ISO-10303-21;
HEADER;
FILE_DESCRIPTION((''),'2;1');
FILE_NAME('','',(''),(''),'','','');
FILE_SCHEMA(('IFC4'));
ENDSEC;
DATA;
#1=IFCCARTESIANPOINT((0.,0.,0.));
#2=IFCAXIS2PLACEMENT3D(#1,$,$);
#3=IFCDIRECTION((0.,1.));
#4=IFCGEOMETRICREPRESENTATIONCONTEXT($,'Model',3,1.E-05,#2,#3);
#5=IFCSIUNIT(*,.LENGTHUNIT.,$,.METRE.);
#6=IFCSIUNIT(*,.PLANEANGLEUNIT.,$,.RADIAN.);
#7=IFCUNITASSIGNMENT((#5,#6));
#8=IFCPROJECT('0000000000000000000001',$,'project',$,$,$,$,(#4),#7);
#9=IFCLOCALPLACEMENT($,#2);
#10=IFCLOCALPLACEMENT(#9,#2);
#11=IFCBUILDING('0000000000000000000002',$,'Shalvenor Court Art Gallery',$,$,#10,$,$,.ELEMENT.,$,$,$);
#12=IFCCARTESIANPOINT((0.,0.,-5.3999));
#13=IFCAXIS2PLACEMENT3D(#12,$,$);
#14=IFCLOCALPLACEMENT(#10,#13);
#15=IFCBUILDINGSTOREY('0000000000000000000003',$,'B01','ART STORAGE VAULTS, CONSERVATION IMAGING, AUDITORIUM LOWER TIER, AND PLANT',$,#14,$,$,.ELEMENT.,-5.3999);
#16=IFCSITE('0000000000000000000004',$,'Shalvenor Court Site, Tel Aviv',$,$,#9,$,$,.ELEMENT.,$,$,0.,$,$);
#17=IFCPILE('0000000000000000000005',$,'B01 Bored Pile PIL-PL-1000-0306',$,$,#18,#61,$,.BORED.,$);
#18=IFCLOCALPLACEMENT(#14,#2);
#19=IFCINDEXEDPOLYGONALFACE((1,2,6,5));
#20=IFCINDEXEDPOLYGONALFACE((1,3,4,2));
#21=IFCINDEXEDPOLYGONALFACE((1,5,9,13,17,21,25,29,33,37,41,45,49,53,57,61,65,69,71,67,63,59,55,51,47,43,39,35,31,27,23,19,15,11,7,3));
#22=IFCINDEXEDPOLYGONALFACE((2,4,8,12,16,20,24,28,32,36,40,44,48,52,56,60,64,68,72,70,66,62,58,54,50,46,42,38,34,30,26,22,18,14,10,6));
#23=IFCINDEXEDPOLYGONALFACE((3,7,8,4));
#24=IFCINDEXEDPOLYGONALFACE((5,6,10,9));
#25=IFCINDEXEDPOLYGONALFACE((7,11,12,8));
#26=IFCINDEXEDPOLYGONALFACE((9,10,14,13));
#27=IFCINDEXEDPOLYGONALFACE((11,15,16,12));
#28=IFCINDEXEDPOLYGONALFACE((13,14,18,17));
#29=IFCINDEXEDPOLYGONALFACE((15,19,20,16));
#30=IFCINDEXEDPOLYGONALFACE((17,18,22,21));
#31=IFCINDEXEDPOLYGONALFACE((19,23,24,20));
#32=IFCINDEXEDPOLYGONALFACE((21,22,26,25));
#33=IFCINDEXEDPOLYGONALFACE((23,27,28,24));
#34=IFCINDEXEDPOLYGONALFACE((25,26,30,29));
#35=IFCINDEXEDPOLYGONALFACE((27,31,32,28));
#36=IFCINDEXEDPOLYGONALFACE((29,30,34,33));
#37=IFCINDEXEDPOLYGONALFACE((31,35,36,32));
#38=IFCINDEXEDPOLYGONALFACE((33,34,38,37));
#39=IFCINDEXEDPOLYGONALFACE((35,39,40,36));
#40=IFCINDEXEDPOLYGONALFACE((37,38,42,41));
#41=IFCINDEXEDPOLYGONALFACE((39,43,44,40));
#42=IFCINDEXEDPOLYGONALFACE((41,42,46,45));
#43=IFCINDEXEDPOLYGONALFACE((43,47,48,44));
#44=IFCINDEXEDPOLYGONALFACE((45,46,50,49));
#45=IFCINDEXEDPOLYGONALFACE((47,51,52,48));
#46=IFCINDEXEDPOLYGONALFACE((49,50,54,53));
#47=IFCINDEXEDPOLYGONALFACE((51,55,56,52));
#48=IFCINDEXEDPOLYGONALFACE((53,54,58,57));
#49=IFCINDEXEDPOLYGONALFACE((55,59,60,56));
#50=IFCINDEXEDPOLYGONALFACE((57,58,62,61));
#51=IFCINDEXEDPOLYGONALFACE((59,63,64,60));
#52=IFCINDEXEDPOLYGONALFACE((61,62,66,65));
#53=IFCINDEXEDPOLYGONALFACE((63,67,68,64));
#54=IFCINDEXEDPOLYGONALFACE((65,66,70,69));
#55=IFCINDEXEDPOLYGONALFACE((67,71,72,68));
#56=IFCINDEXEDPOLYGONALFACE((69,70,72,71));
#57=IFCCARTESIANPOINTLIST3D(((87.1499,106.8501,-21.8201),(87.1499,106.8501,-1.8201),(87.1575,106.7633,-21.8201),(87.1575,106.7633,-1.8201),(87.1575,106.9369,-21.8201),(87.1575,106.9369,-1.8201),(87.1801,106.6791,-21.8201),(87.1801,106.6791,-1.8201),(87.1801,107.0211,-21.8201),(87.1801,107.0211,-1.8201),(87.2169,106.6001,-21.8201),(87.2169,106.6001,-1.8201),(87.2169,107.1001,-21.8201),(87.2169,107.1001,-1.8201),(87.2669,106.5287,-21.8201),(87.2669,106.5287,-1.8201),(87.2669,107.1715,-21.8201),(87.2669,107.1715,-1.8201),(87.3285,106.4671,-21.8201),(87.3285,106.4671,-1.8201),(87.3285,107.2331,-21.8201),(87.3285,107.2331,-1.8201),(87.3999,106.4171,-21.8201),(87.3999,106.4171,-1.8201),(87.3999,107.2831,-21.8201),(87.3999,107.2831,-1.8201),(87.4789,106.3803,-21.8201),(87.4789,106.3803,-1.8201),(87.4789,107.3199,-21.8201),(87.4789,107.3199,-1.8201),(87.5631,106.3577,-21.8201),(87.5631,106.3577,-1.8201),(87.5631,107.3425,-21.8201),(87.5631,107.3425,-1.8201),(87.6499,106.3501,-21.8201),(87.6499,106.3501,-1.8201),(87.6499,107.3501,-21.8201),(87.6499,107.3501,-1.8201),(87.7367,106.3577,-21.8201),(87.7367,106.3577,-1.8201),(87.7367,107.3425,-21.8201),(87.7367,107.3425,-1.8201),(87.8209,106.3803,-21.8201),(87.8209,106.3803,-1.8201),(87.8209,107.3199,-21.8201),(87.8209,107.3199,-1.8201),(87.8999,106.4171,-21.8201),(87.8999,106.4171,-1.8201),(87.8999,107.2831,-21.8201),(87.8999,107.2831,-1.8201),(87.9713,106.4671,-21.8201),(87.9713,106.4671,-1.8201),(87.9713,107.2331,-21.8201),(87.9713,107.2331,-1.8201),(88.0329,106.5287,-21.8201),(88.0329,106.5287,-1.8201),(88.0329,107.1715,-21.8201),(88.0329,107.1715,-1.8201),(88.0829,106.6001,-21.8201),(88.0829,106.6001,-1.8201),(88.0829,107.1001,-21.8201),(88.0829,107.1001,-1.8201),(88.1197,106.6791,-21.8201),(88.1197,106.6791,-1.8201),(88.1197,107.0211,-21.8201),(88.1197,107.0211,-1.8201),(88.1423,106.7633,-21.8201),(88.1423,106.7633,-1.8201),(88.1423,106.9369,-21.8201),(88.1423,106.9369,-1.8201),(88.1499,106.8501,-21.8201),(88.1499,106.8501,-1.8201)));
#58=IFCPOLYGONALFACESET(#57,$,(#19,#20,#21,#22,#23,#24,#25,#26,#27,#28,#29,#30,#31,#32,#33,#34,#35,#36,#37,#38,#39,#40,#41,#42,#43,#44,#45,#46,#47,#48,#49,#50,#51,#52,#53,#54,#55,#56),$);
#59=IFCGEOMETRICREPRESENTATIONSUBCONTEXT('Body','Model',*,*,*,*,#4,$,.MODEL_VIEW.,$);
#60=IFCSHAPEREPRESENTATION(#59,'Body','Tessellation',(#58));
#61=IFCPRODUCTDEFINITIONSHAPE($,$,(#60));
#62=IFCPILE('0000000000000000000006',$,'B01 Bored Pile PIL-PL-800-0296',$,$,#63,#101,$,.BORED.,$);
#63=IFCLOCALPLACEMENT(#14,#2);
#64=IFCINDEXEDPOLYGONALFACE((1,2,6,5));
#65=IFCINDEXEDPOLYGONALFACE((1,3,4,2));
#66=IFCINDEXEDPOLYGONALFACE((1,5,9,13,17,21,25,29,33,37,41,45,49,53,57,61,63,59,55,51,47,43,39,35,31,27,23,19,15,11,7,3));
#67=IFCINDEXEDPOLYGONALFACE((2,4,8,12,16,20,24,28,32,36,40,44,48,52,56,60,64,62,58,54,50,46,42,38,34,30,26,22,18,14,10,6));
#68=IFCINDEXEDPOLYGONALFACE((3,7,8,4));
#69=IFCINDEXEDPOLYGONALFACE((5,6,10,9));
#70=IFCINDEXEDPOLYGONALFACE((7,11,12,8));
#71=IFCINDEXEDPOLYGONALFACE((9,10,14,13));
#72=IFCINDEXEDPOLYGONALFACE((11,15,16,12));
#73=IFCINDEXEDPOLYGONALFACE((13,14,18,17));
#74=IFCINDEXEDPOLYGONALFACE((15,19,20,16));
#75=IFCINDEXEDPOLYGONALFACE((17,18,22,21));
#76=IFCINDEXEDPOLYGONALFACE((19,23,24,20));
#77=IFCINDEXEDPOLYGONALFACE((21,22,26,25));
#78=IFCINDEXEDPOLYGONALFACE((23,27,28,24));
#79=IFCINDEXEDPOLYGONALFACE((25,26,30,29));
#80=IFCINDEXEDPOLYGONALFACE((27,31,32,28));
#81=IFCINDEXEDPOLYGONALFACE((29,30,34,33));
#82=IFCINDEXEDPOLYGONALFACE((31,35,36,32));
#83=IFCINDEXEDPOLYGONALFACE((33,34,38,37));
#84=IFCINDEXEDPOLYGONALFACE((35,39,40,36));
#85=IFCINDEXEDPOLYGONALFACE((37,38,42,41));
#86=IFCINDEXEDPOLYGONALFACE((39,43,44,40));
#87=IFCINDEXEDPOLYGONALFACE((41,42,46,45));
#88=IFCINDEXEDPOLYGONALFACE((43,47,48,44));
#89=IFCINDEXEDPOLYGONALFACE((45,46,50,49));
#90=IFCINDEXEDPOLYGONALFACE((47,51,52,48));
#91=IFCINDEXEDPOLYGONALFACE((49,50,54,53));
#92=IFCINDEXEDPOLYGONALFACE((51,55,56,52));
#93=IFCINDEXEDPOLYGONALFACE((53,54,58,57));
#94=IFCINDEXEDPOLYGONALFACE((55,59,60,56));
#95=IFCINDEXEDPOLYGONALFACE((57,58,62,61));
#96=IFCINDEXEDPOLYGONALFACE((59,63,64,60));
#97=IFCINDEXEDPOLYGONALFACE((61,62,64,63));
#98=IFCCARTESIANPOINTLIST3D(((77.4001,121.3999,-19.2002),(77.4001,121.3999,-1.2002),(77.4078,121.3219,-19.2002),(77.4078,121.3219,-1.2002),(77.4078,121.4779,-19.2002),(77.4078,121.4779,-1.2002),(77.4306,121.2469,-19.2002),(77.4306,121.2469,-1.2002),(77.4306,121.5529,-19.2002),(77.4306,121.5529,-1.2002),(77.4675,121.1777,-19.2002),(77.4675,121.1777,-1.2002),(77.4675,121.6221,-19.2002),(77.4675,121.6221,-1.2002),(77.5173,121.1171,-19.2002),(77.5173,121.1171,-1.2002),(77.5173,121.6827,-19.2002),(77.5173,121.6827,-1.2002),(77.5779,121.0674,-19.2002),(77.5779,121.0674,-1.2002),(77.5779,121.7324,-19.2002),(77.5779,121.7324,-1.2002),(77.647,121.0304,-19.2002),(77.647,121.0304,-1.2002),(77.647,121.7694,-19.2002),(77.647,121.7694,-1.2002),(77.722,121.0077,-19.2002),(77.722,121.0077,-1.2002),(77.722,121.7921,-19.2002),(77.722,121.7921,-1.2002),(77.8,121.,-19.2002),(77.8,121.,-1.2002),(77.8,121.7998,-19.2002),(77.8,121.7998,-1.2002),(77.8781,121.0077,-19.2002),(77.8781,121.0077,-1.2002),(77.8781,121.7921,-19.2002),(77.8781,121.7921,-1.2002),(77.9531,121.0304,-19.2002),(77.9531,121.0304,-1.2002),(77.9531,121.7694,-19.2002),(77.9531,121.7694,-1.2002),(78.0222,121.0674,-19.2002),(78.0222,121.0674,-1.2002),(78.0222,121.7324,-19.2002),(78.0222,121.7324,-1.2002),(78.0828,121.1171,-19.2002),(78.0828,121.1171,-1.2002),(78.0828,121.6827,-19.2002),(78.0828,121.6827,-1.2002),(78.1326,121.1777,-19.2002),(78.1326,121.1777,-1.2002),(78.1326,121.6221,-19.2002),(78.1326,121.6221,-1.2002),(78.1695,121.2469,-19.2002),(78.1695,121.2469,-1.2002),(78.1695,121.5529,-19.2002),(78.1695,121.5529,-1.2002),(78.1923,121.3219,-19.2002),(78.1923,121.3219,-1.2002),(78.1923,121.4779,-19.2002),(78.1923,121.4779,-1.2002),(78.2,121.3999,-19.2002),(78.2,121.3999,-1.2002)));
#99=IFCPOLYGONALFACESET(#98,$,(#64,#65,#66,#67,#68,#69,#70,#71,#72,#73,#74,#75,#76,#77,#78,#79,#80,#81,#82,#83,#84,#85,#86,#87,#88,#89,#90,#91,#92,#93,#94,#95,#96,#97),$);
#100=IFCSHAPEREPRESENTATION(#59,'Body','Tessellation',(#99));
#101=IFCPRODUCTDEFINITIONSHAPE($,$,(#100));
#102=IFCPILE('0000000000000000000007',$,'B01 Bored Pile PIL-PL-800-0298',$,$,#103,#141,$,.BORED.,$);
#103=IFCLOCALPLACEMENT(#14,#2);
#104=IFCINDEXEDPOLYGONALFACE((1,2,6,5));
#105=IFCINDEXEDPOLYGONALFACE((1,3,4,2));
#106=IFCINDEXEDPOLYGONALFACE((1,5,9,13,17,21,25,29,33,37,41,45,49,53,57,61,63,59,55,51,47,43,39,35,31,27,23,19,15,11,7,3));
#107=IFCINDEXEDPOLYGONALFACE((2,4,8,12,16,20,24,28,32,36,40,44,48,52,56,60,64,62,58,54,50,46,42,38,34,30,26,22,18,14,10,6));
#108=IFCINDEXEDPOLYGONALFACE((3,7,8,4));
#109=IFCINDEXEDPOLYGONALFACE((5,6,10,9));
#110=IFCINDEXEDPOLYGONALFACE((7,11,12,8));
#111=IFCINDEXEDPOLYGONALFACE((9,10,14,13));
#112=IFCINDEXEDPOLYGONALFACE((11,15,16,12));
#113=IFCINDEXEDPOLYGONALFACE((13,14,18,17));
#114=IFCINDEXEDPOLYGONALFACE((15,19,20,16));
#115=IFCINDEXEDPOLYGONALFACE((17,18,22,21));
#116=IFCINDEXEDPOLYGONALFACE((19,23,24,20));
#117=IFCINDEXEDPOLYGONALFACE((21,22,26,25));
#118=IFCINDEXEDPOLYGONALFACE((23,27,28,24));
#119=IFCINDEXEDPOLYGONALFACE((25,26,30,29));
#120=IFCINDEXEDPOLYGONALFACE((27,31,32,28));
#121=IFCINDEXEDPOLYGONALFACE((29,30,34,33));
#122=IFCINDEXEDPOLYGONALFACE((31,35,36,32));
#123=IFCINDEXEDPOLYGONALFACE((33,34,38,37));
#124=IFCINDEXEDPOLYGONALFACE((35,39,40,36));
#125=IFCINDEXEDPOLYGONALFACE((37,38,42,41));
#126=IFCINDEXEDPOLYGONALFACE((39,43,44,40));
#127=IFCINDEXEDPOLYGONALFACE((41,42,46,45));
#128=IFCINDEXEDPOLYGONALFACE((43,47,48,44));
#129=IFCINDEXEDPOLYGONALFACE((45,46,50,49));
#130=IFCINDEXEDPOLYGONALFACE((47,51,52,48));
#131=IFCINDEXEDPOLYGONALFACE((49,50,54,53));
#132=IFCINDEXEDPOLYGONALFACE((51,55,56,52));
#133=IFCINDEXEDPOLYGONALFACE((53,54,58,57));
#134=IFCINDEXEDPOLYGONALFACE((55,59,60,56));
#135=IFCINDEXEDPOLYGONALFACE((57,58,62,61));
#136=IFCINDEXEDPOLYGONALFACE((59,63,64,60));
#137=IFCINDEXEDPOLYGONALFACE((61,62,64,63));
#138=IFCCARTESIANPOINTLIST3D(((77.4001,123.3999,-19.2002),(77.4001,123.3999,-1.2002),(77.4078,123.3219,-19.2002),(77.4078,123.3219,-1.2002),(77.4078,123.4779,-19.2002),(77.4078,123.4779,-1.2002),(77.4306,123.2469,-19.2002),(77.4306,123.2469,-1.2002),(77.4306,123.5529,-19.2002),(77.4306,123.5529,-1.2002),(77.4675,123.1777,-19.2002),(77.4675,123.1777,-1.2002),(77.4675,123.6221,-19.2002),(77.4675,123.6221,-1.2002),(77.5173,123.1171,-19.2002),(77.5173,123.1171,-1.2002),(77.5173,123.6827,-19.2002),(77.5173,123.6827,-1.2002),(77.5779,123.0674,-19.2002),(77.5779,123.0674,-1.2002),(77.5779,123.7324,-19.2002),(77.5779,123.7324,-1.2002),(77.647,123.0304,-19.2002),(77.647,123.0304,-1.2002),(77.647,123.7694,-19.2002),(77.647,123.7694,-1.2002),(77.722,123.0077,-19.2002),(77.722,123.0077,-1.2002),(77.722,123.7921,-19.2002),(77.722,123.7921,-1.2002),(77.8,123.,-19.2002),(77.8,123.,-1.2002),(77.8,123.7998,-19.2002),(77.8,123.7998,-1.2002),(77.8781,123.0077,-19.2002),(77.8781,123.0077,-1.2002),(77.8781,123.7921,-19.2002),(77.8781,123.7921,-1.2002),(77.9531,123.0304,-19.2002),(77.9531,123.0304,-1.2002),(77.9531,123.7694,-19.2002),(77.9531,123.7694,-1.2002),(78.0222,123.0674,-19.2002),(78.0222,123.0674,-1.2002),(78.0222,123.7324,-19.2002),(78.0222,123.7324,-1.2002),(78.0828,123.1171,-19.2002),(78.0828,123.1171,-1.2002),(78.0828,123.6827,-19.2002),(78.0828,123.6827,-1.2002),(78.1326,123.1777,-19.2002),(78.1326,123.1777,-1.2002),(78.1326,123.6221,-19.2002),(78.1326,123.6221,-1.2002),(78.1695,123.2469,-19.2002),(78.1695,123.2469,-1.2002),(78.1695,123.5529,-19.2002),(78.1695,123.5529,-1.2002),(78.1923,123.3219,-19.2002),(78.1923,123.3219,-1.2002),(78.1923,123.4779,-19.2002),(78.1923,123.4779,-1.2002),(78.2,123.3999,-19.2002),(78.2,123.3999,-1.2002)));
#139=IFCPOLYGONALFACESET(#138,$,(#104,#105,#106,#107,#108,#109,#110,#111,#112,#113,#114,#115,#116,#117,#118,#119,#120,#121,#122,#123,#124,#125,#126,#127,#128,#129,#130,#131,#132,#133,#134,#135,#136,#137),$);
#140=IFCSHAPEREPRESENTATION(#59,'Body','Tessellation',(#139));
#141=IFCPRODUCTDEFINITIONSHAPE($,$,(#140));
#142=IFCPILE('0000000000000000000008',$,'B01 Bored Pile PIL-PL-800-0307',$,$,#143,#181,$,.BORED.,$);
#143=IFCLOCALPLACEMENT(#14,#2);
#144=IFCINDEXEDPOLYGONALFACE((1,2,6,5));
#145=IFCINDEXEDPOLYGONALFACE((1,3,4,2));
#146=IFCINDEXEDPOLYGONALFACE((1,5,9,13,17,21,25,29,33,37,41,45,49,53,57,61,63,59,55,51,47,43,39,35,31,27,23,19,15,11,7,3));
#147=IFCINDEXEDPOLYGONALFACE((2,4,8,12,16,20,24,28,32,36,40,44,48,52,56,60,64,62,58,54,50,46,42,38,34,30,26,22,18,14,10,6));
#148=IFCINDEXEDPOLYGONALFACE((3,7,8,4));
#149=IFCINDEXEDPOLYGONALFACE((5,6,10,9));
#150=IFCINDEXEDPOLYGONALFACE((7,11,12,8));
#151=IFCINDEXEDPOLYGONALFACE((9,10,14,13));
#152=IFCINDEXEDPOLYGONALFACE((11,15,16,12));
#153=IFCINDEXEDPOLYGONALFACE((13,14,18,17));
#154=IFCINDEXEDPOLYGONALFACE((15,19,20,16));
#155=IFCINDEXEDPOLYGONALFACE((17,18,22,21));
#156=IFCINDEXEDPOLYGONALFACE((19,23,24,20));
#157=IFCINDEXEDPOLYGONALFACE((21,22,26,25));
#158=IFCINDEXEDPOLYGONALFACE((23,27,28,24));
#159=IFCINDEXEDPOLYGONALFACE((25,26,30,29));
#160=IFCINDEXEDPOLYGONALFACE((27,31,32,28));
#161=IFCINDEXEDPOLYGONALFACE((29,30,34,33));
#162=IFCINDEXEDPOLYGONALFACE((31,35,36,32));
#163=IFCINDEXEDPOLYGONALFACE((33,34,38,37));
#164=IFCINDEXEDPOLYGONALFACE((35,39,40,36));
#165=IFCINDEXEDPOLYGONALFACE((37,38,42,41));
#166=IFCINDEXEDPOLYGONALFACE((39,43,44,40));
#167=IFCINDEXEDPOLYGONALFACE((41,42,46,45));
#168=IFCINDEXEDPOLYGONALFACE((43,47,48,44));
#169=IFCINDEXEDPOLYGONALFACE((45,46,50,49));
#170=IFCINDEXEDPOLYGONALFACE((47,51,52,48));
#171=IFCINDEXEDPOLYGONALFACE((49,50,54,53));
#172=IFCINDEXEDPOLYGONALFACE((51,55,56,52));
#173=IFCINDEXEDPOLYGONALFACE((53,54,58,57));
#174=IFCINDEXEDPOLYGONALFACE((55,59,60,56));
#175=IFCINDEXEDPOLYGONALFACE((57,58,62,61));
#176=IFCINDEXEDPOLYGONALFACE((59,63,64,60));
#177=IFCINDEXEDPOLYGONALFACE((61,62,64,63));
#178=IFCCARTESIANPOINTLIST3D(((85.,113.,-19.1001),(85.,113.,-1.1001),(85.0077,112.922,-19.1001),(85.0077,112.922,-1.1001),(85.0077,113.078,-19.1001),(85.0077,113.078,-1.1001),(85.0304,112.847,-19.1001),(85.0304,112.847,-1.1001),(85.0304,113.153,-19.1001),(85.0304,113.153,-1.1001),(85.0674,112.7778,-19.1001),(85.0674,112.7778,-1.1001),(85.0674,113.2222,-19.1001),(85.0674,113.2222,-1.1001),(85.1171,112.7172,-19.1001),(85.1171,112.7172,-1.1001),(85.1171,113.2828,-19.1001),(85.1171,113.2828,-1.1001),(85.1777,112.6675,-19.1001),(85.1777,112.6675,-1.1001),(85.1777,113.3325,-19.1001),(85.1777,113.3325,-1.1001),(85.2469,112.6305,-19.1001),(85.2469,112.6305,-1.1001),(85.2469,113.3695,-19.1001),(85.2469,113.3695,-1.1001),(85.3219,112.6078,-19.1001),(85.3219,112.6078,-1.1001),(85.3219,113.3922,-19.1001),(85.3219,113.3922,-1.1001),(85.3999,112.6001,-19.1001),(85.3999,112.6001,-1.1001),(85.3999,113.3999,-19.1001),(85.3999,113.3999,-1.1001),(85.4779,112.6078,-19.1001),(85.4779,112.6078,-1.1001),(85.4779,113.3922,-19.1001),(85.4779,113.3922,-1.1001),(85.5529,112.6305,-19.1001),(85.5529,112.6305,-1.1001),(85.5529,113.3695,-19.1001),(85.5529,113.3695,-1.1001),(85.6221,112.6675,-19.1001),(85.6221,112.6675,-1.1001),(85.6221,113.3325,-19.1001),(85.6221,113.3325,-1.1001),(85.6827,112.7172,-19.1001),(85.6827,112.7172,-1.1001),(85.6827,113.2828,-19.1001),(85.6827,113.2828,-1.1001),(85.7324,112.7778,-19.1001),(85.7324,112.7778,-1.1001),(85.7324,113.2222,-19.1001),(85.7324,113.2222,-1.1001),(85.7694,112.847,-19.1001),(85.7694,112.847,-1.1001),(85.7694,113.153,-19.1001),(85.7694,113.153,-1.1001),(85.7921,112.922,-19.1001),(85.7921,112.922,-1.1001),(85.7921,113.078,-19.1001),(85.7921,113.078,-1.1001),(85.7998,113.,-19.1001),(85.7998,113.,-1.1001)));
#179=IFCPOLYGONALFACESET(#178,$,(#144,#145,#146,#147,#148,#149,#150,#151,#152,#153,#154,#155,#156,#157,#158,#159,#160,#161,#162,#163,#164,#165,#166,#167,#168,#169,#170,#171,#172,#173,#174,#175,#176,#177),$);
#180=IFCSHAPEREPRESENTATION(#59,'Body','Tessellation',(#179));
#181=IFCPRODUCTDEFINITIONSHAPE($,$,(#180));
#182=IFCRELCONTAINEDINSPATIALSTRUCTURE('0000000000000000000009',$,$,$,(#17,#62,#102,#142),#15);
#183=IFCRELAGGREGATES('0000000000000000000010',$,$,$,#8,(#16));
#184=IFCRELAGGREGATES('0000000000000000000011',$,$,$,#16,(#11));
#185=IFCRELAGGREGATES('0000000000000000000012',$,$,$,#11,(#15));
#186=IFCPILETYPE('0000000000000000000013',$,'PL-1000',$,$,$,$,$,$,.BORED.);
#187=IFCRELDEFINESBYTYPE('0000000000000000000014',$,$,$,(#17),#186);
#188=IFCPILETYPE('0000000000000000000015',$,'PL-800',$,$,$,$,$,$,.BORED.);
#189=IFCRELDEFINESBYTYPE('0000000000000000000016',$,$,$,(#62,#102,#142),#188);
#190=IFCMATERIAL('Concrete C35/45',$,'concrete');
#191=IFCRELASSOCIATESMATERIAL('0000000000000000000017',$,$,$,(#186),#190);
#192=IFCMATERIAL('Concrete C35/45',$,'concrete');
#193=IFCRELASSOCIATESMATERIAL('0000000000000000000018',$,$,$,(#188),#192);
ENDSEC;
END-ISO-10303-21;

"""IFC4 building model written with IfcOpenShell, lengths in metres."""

from ifc_helpers import new_model, si_unit, direction, frame, origin, origin_2d, place, context, subcontext, project, spatial, circle, extrude, material, material_profile, profile_set, type_object, element, save


model = new_model("IFC4")

# Units and contexts
model_context = context("Model", 3, precision=1e-05, world=origin(), true_north=direction((0.0, 1.0)))
body_context = subcontext(model_context, "Body", "Model", "MODEL_VIEW")
ifc_project = project(units=[si_unit("LENGTHUNIT", "METRE"), si_unit("PLANEANGLEUNIT", "RADIAN")], contexts=[model_context])

# Site, building, storey
site_placement = place(None, origin())
site = spatial("IfcSite", under=ifc_project, at=site_placement, Name="Shalvenor Court Site, Tel Aviv", CompositionType="ELEMENT", RefElevation=0.0)
building_placement = place(site_placement, origin())
building = spatial("IfcBuilding", under=site, at=building_placement, Name="Shalvenor Court Art Gallery", CompositionType="ELEMENT")
storey_placement = place(building_placement, frame((0.0, 0.0, -5.3999)))
storey = spatial("IfcBuildingStorey", under=building, at=storey_placement, Name="B01", Description="ART STORAGE VAULTS, CONSERVATION IMAGING, AUDITORIUM LOWER TIER, AND PLANT", CompositionType="ELEMENT", Elevation=-5.3999)

# Piles
ifc_material_1 = material(Name="Concrete C35/45", Category="concrete")
ifc_material_profile_1 = material_profile(ifc_material_1, circle(Radius=0.5, at=origin_2d()), Name="PILE 1000")
ifc_profile_set_1 = profile_set([ifc_material_profile_1], Name="Concrete C35/45")
pile_type_1 = type_object("IfcPileType", Name="PL-1000", PredefinedType="BORED", material=ifc_profile_set_1)
for number, where, z_axis, x_axis, name in (
    (1, (87.6499, 106.8501, -1.8201), (0.0, 0.0, -1.0), (1.0, 0.0, 0.0), "B01 Bored Pile PIL-PL-1000-0306"),
):
    element("IfcPile", number, at=place(storey_placement, frame(where, z_axis=z_axis, x_axis=x_axis)), inside=storey, type_object=pile_type_1, Name=name, PredefinedType="BORED", context=body_context, shape_type="SweptSolid", body=[
        extrude(circle(Radius=0.5, at=origin_2d()), origin(), (0.0, 0.0, 1.0), 20.0),
    ])
ifc_material_2 = material(Name="Concrete C35/45", Category="concrete")
ifc_material_profile_2 = material_profile(ifc_material_2, circle(Radius=0.3999, at=origin_2d()), Name="PILE 800")
ifc_profile_set_2 = profile_set([ifc_material_profile_2], Name="Concrete C35/45")
pile_type_2 = type_object("IfcPileType", Name="PL-800", PredefinedType="BORED", material=ifc_profile_set_2)
for number, where, z_axis, x_axis, name in (
    (2, (77.8, 121.3999, -1.2002), (0.0, 0.0, -1.0), (1.0, 0.0, 0.0), "B01 Bored Pile PIL-PL-800-0296"),
    (3, (77.8, 123.3999, -1.2002), (0.0, 0.0, -1.0), (1.0, 0.0, 0.0), "B01 Bored Pile PIL-PL-800-0298"),
    (4, (85.3999, 113.0, -1.1001), (0.0, 0.0, -1.0), (1.0, 0.0, 0.0), "B01 Bored Pile PIL-PL-800-0307"),
):
    element("IfcPile", number, at=place(storey_placement, frame(where, z_axis=z_axis, x_axis=x_axis)), inside=storey, type_object=pile_type_2, Name=name, PredefinedType="BORED", context=body_context, shape_type="SweptSolid", body=[
        extrude(circle(Radius=0.3999, at=origin_2d()), origin(), (0.0, 0.0, 1.0), 18.0),
    ])

save(model, "model.ifc")
